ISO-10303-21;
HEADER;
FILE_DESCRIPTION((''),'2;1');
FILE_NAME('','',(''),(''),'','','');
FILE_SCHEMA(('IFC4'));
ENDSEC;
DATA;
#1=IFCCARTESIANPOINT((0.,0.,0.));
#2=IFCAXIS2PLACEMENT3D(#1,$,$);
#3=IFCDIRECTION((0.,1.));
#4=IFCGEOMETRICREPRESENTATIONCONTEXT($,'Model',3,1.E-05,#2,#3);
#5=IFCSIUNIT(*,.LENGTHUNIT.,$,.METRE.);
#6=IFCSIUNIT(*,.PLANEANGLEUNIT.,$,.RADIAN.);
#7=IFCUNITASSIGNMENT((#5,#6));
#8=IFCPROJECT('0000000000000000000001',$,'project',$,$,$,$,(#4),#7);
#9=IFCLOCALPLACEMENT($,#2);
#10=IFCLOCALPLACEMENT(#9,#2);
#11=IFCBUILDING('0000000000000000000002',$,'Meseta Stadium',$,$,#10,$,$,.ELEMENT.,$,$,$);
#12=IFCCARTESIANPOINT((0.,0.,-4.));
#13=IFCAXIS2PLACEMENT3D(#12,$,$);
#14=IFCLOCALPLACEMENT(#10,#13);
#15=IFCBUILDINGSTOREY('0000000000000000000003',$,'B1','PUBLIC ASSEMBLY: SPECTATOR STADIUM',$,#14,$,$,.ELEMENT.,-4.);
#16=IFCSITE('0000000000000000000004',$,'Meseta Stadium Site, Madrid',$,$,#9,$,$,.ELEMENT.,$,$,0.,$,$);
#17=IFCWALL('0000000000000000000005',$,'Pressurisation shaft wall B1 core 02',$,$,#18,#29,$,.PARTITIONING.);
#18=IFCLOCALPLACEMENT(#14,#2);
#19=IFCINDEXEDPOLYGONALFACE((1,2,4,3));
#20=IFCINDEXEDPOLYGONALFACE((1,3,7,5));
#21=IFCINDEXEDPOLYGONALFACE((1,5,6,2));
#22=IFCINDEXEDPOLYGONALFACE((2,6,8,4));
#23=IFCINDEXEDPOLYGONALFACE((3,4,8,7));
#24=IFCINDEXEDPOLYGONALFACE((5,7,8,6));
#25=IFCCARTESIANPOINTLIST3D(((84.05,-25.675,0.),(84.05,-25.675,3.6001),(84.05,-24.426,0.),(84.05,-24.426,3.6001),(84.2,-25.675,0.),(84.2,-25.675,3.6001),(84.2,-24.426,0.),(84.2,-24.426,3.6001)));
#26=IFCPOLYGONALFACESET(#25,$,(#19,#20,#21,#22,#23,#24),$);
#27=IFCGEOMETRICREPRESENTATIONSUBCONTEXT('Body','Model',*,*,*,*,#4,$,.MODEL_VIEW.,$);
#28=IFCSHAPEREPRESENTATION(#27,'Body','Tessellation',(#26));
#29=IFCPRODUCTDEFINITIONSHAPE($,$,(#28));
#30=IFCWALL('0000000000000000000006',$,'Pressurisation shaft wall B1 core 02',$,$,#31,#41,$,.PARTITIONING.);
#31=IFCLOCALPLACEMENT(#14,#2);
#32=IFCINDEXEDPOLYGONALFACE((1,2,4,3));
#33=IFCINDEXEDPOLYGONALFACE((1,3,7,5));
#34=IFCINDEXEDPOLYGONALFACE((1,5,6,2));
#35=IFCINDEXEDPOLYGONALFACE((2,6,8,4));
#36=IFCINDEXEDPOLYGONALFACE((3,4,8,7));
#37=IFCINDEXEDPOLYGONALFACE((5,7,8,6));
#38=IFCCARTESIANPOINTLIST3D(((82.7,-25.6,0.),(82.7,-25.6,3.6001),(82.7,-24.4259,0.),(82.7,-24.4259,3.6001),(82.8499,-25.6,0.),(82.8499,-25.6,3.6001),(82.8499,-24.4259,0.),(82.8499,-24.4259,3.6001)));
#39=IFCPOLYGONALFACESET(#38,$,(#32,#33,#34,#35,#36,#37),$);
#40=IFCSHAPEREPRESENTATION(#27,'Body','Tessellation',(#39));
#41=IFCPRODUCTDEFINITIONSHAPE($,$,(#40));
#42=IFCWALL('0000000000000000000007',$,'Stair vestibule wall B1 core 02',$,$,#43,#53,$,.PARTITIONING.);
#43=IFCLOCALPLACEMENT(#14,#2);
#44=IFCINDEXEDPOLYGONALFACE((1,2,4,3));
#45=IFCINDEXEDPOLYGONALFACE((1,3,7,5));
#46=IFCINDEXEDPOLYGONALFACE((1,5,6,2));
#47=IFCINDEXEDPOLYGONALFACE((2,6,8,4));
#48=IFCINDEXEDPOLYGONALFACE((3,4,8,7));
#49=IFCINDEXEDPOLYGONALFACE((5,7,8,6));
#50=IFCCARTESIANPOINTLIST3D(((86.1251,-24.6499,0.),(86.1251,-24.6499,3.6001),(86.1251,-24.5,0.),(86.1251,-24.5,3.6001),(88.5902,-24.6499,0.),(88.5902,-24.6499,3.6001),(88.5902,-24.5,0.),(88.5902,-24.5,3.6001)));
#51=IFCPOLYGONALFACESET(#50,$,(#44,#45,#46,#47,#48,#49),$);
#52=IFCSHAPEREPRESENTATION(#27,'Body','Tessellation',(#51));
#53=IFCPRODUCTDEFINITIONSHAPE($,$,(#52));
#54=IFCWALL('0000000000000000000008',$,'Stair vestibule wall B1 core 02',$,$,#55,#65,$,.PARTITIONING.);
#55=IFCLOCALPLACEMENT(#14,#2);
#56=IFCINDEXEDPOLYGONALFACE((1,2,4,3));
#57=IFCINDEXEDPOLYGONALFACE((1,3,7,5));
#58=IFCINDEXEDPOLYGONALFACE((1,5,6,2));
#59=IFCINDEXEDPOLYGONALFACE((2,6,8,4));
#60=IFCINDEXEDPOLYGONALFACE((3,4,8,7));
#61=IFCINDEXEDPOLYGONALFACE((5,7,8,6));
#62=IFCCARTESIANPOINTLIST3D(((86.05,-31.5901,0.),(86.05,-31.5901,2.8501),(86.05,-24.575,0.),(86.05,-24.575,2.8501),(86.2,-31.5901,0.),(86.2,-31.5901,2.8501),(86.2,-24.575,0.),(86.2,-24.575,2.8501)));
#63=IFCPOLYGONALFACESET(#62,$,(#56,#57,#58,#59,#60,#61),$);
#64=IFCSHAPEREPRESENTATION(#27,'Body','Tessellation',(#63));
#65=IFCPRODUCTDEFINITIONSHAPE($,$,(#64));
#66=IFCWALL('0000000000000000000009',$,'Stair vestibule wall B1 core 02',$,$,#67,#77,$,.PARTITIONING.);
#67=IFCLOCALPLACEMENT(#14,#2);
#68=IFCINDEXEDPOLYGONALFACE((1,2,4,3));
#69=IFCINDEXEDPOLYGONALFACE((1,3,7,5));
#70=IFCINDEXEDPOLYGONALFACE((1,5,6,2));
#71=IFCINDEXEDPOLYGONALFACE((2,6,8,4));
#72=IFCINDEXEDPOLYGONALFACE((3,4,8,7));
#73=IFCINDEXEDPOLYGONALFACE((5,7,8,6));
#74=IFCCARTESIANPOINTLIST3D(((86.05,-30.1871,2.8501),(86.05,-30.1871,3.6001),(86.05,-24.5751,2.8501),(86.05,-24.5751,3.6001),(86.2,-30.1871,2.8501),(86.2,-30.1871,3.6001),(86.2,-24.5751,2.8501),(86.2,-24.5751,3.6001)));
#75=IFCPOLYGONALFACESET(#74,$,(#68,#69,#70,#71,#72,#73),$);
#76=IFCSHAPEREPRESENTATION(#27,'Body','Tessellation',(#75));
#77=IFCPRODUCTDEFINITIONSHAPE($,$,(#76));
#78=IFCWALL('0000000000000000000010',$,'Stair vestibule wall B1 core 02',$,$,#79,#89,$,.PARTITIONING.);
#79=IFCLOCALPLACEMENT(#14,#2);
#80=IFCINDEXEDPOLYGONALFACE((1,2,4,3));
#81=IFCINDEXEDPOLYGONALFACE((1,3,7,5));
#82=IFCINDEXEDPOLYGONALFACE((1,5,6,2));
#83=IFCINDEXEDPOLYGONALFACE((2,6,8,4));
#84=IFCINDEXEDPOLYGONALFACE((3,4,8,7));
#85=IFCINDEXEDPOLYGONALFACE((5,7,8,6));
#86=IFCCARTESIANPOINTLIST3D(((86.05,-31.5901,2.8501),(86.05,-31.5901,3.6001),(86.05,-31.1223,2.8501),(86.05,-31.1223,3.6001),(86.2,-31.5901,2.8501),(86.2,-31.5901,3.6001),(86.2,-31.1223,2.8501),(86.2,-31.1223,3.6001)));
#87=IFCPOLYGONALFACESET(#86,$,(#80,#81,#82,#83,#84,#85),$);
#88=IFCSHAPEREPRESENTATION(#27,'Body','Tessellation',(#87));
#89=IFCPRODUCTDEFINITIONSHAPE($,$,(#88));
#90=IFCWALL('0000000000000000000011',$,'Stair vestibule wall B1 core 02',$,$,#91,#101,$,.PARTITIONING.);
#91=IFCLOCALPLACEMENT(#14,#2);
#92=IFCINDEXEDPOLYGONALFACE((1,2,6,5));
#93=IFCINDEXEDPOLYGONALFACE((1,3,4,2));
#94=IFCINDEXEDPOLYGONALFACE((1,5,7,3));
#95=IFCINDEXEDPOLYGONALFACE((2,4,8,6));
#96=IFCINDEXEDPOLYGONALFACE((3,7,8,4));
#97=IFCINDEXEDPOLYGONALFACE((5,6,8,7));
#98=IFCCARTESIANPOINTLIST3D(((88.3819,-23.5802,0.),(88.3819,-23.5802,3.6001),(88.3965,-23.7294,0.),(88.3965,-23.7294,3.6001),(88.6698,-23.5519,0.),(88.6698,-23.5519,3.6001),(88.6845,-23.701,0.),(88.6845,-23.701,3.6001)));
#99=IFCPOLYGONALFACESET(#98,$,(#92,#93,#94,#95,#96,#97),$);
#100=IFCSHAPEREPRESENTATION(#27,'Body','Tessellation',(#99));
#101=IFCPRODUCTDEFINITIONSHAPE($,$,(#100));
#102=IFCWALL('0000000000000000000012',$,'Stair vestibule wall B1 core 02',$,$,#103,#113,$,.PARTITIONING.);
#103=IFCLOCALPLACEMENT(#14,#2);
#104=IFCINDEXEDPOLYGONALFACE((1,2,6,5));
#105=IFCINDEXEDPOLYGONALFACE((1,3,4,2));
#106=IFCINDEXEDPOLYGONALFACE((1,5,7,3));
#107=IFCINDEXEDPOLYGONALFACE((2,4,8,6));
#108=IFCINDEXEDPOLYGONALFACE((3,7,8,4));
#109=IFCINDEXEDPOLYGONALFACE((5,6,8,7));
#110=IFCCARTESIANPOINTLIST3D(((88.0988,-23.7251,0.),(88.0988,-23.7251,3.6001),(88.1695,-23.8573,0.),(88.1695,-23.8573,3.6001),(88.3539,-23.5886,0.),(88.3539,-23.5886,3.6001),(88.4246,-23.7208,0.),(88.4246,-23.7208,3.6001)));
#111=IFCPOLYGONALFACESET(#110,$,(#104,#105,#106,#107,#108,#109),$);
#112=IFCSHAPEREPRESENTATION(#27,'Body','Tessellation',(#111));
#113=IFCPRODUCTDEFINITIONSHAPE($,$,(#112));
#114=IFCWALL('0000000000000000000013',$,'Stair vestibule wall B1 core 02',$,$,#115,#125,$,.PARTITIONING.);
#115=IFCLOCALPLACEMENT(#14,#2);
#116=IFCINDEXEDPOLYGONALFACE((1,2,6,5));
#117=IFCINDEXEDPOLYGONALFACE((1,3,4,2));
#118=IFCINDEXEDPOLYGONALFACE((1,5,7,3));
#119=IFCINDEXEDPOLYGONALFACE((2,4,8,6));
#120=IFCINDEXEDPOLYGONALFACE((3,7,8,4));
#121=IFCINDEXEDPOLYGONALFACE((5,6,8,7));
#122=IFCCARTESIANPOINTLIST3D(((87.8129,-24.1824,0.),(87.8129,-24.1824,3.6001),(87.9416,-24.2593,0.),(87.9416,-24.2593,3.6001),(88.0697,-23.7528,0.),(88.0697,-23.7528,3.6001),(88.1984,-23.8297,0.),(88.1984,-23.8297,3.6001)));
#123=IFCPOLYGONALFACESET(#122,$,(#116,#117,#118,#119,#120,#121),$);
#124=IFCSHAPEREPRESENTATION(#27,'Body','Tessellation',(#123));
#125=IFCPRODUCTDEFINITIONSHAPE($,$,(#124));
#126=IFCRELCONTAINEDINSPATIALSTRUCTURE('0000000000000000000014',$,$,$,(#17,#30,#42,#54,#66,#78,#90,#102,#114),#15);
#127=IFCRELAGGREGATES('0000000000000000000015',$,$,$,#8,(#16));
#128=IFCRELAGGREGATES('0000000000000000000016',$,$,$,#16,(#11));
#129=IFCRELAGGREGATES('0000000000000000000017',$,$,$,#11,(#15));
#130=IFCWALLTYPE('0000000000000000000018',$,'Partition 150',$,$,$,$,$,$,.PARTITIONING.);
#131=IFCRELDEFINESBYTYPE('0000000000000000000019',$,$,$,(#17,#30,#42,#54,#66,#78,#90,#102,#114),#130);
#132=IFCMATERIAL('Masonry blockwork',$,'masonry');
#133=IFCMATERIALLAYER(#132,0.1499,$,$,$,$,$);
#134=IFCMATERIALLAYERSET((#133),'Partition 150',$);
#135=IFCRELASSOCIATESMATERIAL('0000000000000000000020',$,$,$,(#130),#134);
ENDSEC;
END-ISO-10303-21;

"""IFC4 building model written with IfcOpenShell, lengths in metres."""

from ifc_helpers import new_model, si_unit, direction, frame, frame_2d, origin, place, context, subcontext, project, spatial, rectangle, extrude, material, layer, layer_set, type_object, element, save


model = new_model("IFC4")

# Units and contexts
model_context = context("Model", 3, precision=1e-05, world=origin(), true_north=direction((0.0, 1.0)))
body_context = subcontext(model_context, "Body", "Model", "MODEL_VIEW")
ifc_project = project(units=[si_unit("LENGTHUNIT", "METRE"), si_unit("PLANEANGLEUNIT", "RADIAN")], contexts=[model_context])

# Site, building, storey
site_placement = place(None, origin())
site = spatial("IfcSite", under=ifc_project, at=site_placement, Name="Meseta Stadium Site, Madrid", CompositionType="ELEMENT", RefElevation=0.0)
building_placement = place(site_placement, origin())
building = spatial("IfcBuilding", under=site, at=building_placement, Name="Meseta Stadium", CompositionType="ELEMENT")
storey_placement = place(building_placement, frame((0.0, 0.0, -4.0)))
storey = spatial("IfcBuildingStorey", under=building, at=storey_placement, Name="B1", Description="PUBLIC ASSEMBLY: SPECTATOR STADIUM", CompositionType="ELEMENT", Elevation=-4.0)

# Walls
ifc_material_1 = material(Name="Masonry blockwork", Category="masonry")
ifc_layer = layer(ifc_material_1, 0.1499)
ifc_layer_set = layer_set([ifc_layer], Name="Partition 150")
wall_type = type_object("IfcWallType", Name="Partition 150", PredefinedType="PARTITIONING", material=ifc_layer_set)
wall_1_placement = place(storey_placement, frame((84.125, -25.675, 0.0), z_axis=(0.0, 0.0, 1.0), x_axis=(0.0, 1.0, 0.0)))
element("IfcWall", 1, at=wall_1_placement, inside=storey, type_object=wall_type, Name="Pressurisation shaft wall B1 core 02", PredefinedType="PARTITIONING", context=body_context, shape_type="SweptSolid", body=[
    extrude(rectangle(XDim=1.249, YDim=0.1499, at=frame_2d((0.6245, 0.0))), origin(), (0.0, 0.0, 1.0), 3.6001),
])
wall_2_placement = place(storey_placement, frame((82.7749, -24.426, 0.0), z_axis=(0.0, 0.0, 1.0), x_axis=(0.0, -1.0, 0.0)))
element("IfcWall", 2, at=wall_2_placement, inside=storey, type_object=wall_type, Name="Pressurisation shaft wall B1 core 02", PredefinedType="PARTITIONING", context=body_context, shape_type="SweptSolid", body=[
    extrude(rectangle(XDim=1.1741, YDim=0.1499, at=frame_2d((0.5869, 0.0))), origin(), (0.0, 0.0, 1.0), 3.6001),
])
wall_3_placement = place(storey_placement, frame((88.5901, -24.575, 0.0), z_axis=(0.0, 0.0, 1.0), x_axis=(-1.0, 0.0, 0.0)))
element("IfcWall", 3, at=wall_3_placement, inside=storey, type_object=wall_type, Name="Stair vestibule wall B1 core 02", PredefinedType="PARTITIONING", context=body_context, shape_type="SweptSolid", body=[
    extrude(rectangle(XDim=2.4651, YDim=0.1499, at=frame_2d((1.2324, 0.0))), origin(), (0.0, 0.0, 1.0), 3.6001),
])
wall_4_placement = place(storey_placement, frame((86.125, -24.575, 0.0), z_axis=(0.0, 0.0, 1.0), x_axis=(0.0, -1.0, 0.0)))
element("IfcWall", 4, at=wall_4_placement, inside=storey, type_object=wall_type, Name="Stair vestibule wall B1 core 02", PredefinedType="PARTITIONING", context=body_context, shape_type="SweptSolid", body=[
    extrude(rectangle(XDim=7.0151, YDim=0.1499, at=frame_2d((3.5076, 0.0))), origin(), (0.0, 0.0, 1.0), 2.8501),
])
wall_5_placement = place(storey_placement, frame((86.125, -24.575, 2.8501), z_axis=(0.0, 0.0, 1.0), x_axis=(0.0, -1.0, 0.0)))
element("IfcWall", 5, at=wall_5_placement, inside=storey, type_object=wall_type, Name="Stair vestibule wall B1 core 02", PredefinedType="PARTITIONING", context=body_context, shape_type="SweptSolid", body=[
    extrude(rectangle(XDim=5.6121, YDim=0.1499, at=frame_2d((2.8062, 0.0))), origin(), (0.0, 0.0, 1.0), 0.75),
])
wall_6_placement = place(storey_placement, frame((86.125, -31.1223, 2.8501), z_axis=(0.0, 0.0, 1.0), x_axis=(0.0, -1.0, 0.0)))
element("IfcWall", 6, at=wall_6_placement, inside=storey, type_object=wall_type, Name="Stair vestibule wall B1 core 02", PredefinedType="PARTITIONING", context=body_context, shape_type="SweptSolid", body=[
    extrude(rectangle(XDim=0.4678, YDim=0.1499, at=frame_2d((0.2339, 0.0))), origin(), (0.0, 0.0, 1.0), 0.75),
])
for number, where, z_axis, x_axis, name in (
    (7, (88.677, -23.6265, 0.0), (0.0, 0.0, 1.0), (-0.995195, -0.097916, 0.0), "Stair vestibule wall B1 core 02"),
    (8, (88.3892, -23.6548, 0.0), (0.0, 0.0, 1.0), (-0.881768, -0.471683, 0.0), "Stair vestibule wall B1 core 02"),
):
    element("IfcWall", number, at=place(storey_placement, frame(where, z_axis=z_axis, x_axis=x_axis)), inside=storey, type_object=wall_type, Name=name, PredefinedType="PARTITIONING", context=body_context, shape_type="SweptSolid", body=[
        extrude(rectangle(XDim=0.2893, YDim=0.1499, at=frame_2d((0.1445, 0.0))), origin(), (0.0, 0.0, 1.0), 3.6001),
    ])
wall_7_placement = place(storey_placement, frame((88.134, -23.7913, 0.0), z_axis=(0.0, 0.0, 1.0), x_axis=(-0.513061, -0.858352, 0.0)))
element("IfcWall", 9, at=wall_7_placement, inside=storey, type_object=wall_type, Name="Stair vestibule wall B1 core 02", PredefinedType="PARTITIONING", context=body_context, shape_type="SweptSolid", body=[
    extrude(rectangle(XDim=0.5005, YDim=0.1499, at=frame_2d((0.2502, 0.0))), origin(), (0.0, 0.0, 1.0), 3.6001),
])

save(model, "model.ifc")
